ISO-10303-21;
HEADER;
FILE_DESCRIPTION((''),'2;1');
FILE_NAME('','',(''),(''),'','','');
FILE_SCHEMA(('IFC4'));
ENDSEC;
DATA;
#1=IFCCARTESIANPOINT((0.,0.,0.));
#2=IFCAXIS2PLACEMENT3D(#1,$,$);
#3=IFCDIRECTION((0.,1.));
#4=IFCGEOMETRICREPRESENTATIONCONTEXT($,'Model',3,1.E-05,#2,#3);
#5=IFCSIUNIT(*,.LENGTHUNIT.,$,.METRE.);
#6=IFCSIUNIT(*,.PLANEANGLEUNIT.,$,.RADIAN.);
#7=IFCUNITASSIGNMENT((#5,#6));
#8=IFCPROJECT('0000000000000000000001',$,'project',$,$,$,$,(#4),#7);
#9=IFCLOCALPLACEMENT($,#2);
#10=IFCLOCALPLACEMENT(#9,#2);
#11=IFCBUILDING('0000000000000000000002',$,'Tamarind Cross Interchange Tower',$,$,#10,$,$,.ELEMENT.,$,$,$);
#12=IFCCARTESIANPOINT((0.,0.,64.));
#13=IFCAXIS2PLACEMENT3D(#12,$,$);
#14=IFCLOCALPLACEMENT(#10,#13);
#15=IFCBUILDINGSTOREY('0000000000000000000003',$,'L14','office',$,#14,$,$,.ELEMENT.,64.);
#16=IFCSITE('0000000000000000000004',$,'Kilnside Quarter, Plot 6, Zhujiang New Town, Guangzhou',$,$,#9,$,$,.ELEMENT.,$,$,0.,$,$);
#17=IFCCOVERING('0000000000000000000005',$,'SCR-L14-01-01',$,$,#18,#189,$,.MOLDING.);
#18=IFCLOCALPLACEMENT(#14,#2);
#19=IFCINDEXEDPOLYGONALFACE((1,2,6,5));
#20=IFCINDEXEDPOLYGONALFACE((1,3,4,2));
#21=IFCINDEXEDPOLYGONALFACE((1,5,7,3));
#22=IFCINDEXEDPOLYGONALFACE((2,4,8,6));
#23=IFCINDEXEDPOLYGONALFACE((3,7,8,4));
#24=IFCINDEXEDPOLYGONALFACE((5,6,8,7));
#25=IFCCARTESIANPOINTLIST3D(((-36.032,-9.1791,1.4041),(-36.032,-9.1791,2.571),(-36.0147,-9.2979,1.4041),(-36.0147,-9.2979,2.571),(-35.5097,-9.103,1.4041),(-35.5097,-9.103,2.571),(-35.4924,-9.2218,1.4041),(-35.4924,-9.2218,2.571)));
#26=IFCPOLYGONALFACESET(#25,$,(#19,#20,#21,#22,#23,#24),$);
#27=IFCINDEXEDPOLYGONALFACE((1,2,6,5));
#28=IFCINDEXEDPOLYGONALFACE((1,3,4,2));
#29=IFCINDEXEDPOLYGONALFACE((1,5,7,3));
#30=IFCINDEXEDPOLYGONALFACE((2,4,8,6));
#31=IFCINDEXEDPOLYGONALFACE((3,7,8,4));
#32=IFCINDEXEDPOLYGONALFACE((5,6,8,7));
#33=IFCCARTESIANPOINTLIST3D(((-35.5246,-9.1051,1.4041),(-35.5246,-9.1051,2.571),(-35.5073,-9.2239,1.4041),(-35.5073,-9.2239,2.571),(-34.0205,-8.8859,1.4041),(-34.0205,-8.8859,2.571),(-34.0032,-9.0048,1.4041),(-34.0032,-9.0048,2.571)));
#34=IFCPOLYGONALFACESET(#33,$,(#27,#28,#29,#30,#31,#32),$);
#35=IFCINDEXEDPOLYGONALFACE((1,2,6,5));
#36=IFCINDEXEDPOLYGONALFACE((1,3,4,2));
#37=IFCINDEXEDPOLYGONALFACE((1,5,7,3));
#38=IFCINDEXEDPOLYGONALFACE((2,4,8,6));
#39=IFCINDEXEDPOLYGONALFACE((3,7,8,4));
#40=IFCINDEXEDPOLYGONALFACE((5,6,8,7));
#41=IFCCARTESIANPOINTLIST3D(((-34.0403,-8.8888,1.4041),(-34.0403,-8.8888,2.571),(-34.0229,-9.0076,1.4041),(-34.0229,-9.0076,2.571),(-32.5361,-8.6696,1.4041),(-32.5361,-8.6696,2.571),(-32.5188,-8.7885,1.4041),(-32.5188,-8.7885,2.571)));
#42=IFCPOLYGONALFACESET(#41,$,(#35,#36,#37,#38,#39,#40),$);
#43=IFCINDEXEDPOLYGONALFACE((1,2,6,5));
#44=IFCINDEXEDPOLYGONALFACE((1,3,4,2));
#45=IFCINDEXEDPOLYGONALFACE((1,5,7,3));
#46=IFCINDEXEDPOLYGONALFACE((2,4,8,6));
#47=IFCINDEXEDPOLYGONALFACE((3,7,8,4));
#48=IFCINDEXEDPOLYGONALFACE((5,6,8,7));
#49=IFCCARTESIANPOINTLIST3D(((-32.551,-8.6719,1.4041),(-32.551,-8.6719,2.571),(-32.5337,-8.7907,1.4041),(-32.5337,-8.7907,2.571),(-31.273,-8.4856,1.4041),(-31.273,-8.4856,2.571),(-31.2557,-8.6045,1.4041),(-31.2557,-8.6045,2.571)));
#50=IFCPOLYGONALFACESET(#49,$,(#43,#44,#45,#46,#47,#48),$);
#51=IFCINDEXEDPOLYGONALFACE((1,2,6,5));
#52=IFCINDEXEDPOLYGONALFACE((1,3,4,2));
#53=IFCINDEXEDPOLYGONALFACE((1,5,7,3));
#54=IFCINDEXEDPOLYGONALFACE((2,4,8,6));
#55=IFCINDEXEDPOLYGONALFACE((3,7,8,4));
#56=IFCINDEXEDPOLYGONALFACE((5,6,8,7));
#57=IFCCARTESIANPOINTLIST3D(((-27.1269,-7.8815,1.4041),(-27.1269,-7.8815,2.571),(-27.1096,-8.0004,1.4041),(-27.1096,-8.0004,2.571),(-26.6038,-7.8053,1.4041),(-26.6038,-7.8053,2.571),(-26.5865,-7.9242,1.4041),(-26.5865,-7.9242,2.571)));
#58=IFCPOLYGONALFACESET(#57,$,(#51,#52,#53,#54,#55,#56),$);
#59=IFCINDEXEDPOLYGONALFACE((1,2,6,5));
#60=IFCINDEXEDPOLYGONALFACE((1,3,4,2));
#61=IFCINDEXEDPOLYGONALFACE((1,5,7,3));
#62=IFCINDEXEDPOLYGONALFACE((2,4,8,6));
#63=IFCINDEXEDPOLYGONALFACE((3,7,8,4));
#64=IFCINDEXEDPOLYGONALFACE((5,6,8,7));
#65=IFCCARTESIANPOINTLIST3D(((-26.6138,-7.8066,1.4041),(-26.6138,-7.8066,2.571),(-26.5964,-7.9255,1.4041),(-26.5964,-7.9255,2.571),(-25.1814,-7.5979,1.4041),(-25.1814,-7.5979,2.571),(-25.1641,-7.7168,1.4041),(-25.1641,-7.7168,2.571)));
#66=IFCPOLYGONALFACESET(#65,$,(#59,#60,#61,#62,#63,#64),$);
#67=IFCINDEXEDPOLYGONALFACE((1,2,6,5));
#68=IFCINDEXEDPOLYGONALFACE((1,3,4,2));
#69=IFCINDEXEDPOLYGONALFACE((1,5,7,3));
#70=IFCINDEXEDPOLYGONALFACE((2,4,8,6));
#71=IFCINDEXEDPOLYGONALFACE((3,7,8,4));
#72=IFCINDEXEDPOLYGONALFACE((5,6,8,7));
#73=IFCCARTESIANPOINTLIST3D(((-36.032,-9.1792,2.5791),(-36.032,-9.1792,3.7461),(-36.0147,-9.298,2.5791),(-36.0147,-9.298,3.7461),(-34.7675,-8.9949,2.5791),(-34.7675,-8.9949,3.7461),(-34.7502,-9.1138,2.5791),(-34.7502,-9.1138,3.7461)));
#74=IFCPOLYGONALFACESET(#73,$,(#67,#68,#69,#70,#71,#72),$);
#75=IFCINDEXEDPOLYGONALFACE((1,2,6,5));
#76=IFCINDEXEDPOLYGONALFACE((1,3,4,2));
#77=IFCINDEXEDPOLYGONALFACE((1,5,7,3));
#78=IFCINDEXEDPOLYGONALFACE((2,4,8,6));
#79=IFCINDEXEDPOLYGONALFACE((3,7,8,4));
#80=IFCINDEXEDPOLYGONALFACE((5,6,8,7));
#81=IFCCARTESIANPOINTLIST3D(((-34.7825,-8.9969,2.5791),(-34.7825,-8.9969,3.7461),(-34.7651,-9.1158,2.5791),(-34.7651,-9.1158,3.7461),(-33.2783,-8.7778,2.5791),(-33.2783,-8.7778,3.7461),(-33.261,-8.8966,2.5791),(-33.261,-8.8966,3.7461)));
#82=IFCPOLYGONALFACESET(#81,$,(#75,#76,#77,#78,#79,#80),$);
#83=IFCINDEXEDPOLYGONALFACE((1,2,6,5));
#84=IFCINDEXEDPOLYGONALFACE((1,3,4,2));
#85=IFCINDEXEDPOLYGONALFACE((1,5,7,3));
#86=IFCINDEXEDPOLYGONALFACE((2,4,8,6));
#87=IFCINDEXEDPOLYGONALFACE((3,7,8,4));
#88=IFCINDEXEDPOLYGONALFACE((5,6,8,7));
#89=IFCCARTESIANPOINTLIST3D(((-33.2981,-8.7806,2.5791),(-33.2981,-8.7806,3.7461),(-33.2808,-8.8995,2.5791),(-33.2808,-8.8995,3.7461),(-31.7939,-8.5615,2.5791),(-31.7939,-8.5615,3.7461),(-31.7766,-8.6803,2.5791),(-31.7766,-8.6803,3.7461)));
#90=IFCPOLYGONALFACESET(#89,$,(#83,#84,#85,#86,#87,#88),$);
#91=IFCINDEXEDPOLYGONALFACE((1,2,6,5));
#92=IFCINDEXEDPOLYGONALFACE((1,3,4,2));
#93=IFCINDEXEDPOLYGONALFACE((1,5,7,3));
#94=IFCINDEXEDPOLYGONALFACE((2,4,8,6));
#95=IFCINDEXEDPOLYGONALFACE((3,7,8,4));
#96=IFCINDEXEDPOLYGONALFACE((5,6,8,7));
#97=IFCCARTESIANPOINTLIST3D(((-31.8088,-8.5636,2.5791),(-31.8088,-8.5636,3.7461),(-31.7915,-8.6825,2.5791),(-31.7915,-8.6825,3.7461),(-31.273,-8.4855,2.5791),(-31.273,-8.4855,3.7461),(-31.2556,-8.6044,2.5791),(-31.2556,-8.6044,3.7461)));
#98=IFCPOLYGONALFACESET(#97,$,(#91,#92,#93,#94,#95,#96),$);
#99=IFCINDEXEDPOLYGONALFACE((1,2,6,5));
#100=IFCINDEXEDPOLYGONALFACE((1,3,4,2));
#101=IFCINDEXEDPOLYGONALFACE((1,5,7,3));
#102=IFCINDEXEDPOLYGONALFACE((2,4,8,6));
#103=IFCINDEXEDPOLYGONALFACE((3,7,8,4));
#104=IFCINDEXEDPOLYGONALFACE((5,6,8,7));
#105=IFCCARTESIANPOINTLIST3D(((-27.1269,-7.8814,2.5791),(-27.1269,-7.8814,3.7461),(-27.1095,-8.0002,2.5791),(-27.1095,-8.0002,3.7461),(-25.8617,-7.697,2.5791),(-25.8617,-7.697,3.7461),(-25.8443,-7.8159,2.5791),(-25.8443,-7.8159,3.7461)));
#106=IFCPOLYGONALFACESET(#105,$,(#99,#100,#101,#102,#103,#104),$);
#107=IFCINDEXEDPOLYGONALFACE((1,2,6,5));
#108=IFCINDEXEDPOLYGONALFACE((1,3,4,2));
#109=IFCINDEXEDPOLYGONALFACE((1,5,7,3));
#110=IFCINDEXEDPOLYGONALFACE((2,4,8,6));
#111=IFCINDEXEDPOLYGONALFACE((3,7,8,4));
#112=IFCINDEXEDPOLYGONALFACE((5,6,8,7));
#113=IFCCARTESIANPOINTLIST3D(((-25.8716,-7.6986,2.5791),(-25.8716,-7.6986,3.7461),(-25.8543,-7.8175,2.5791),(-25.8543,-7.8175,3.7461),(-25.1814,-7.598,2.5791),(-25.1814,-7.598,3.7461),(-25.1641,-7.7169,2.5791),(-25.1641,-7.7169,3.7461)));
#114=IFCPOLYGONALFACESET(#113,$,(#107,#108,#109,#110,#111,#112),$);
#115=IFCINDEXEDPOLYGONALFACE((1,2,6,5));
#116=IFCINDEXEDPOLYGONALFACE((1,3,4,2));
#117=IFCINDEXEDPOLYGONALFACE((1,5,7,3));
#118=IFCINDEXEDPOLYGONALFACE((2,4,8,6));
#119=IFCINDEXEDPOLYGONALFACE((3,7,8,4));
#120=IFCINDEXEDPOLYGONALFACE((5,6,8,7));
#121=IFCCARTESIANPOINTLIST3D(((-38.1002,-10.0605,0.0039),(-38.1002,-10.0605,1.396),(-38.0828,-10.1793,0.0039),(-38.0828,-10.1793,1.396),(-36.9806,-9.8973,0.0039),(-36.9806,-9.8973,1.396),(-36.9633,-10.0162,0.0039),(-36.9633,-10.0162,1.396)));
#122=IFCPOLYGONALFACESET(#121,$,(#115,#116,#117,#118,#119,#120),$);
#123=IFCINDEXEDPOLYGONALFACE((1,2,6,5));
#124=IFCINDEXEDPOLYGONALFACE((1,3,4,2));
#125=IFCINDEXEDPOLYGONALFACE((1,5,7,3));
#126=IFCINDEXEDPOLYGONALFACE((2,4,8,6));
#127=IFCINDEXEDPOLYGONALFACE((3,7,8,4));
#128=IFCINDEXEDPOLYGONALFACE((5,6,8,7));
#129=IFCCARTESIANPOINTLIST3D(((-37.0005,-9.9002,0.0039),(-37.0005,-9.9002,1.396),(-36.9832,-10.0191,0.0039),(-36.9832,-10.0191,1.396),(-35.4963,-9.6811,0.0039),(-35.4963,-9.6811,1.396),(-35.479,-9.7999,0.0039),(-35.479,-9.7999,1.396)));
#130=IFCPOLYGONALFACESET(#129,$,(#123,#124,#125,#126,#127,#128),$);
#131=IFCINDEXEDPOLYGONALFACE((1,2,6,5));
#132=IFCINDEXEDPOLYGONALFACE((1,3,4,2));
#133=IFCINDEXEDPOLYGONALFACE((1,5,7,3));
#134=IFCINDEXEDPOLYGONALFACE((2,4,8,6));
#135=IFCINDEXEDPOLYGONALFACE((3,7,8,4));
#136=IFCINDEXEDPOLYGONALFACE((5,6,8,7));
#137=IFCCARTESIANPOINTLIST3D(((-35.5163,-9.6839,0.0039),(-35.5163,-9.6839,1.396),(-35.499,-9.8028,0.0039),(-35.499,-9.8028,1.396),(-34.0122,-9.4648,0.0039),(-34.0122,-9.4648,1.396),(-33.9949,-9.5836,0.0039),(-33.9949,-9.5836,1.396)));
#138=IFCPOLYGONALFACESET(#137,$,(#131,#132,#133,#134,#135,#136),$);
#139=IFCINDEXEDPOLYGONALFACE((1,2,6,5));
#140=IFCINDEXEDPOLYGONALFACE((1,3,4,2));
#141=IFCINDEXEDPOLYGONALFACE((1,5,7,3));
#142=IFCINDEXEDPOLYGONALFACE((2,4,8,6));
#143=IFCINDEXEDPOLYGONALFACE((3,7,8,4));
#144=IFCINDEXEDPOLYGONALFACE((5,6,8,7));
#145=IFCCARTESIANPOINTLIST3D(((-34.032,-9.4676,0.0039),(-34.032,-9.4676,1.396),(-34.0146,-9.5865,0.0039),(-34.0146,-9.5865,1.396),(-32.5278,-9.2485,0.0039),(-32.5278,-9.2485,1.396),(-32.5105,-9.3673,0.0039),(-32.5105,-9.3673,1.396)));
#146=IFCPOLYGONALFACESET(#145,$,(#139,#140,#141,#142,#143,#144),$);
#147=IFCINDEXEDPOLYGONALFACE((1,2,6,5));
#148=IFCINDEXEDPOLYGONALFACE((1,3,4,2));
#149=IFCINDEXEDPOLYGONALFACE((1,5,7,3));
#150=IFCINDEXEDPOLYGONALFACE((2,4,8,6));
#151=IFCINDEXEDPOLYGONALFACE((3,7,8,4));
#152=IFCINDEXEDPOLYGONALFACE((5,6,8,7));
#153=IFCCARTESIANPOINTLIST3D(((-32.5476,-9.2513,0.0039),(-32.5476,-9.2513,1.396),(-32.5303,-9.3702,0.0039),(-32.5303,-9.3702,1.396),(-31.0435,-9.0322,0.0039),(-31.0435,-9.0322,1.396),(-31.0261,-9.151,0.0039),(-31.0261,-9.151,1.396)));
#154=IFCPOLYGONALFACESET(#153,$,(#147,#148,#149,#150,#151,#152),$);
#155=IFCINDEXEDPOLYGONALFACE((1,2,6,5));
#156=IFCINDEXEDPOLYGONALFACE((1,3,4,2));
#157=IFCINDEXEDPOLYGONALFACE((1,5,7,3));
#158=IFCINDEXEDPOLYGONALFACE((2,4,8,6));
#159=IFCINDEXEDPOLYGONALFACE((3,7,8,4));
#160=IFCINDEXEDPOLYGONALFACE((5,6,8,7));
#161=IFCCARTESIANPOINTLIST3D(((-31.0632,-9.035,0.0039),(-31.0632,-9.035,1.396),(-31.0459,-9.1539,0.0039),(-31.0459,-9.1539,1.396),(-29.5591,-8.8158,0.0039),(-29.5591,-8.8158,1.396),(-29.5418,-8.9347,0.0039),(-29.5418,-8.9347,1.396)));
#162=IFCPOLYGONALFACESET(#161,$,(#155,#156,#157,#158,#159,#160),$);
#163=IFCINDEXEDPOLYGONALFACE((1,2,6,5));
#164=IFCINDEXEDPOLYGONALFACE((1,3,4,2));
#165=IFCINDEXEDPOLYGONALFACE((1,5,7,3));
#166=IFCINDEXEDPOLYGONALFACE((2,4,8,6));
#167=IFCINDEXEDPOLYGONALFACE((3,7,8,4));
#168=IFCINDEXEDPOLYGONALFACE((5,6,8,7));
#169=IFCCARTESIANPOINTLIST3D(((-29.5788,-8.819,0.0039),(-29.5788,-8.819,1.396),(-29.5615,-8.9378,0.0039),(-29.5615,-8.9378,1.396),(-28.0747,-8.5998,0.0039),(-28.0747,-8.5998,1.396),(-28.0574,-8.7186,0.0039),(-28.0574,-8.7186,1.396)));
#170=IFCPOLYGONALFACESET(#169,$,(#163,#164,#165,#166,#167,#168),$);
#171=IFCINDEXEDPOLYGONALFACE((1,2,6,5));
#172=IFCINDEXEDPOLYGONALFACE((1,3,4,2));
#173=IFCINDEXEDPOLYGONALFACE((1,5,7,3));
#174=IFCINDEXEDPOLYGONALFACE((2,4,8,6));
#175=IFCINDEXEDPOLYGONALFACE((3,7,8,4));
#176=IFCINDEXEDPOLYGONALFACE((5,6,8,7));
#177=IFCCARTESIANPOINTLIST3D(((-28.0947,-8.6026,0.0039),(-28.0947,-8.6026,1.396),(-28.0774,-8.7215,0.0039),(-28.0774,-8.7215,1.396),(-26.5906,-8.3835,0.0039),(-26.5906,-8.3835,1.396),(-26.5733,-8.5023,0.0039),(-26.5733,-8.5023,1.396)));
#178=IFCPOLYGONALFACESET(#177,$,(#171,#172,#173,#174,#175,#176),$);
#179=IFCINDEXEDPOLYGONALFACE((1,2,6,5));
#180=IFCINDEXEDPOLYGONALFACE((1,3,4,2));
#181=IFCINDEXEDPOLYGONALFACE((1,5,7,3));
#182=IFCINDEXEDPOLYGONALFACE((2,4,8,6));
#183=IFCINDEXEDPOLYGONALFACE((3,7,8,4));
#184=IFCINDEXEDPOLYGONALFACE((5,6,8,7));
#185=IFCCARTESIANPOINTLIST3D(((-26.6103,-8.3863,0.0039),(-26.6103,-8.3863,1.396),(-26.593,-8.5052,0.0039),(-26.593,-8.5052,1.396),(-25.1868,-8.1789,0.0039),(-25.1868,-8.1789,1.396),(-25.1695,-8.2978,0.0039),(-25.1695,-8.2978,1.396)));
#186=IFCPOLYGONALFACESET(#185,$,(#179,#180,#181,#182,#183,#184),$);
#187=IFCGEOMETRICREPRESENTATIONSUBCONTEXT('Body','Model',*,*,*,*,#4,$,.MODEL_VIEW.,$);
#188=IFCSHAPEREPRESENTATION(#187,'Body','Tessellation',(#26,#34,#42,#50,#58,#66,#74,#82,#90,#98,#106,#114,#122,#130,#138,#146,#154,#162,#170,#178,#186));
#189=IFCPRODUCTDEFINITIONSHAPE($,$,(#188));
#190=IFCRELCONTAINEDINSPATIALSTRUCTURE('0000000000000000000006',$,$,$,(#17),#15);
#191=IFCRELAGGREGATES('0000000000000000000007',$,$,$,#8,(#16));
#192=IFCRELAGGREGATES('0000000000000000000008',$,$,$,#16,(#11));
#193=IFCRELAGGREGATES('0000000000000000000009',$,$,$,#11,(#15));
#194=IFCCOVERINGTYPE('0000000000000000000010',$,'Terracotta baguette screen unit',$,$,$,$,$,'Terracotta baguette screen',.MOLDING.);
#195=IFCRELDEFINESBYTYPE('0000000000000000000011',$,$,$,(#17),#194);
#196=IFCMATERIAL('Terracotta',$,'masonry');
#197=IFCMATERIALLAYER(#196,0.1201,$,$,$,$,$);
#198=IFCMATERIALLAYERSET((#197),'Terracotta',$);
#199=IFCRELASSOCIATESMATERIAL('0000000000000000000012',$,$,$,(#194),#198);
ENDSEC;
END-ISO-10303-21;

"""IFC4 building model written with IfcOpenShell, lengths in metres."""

from ifc_helpers import new_model, si_unit, direction, frame, origin, origin_2d, place, context, subcontext, project, spatial, rectangle, extrude, material, layer, layer_set, type_object, element, save


model = new_model("IFC4")

# Units and contexts
model_context = context("Model", 3, precision=1e-05, world=origin(), true_north=direction((0.0, 1.0)))
body_context = subcontext(model_context, "Body", "Model", "MODEL_VIEW")
ifc_project = project(units=[si_unit("LENGTHUNIT", "METRE"), si_unit("PLANEANGLEUNIT", "RADIAN")], contexts=[model_context])

# Site, building, storey
site_placement = place(None, origin())
site = spatial("IfcSite", under=ifc_project, at=site_placement, Name="Kilnside Quarter, Plot 6, Zhujiang New Town, Guangzhou", CompositionType="ELEMENT", RefElevation=0.0)
building_placement = place(site_placement, origin())
building = spatial("IfcBuilding", under=site, at=building_placement, Name="Tamarind Cross Interchange Tower", CompositionType="ELEMENT")
storey_placement = place(building_placement, frame((0.0, 0.0, 64.0)))
storey = spatial("IfcBuildingStorey", under=building, at=storey_placement, Name="L14", Description="office", CompositionType="ELEMENT", Elevation=64.0)

# Covering
ifc_material_1 = material(Name="Terracotta", Category="masonry")
ifc_layer_1 = layer(ifc_material_1, 0.1201)
ifc_layer_set_1 = layer_set([ifc_layer_1], Name="Terracotta")
covering_type = type_object("IfcCoveringType", Name="Terracotta baguette screen unit", ElementType="Terracotta baguette screen", PredefinedType="MOLDING", material=ifc_layer_set_1)
covering_1_placement = place(storey_placement, origin())
element("IfcCovering", 1, at=covering_1_placement, inside=storey, type_object=covering_type, Name="SCR-L14-01-01", PredefinedType="MOLDING", context=body_context, shape_type="SweptSolid", body=[
    extrude(rectangle(XDim=0.5278, YDim=0.1201, at=origin_2d()), frame((-35.7622, -9.2004, 1.4041), z_axis=(0.0, 0.0, 1.0), x_axis=(0.98955, 0.144187, 0.0)), (0.0, 0.0, 1.0), 1.167),
    extrude(rectangle(XDim=1.52, YDim=0.1201, at=origin_2d()), frame((-34.7639, -9.0549, 1.4041), z_axis=(0.0, 0.0, 1.0), x_axis=(0.98955, 0.144187, 0.0)), (0.0, 0.0, 1.0), 1.167),
    extrude(rectangle(XDim=1.52, YDim=0.1201, at=origin_2d()), frame((-33.2795, -8.8386, 1.4041), z_axis=(0.0, 0.0, 1.0), x_axis=(0.98955, 0.144187, 0.0)), (0.0, 0.0, 1.0), 1.167),
    extrude(rectangle(XDim=1.2915, YDim=0.1201, at=origin_2d()), frame((-31.9033, -8.6382, 1.4041), z_axis=(0.0, 0.0, 1.0), x_axis=(0.98955, 0.144187, 0.0)), (0.0, 0.0, 1.0), 1.167),
    extrude(rectangle(XDim=0.5286, YDim=0.1201, at=origin_2d()), frame((-26.8567, -7.9028, 1.4041), z_axis=(0.0, 0.0, 1.0), x_axis=(0.98955, 0.144187, 0.0)), (0.0, 0.0, 1.0), 1.167),
    extrude(rectangle(XDim=1.4475, YDim=0.1201, at=origin_2d()), frame((-25.8889, -7.7617, 1.4041), z_axis=(0.0, 0.0, 1.0), x_axis=(0.98955, 0.144187, 0.0)), (0.0, 0.0, 1.0), 1.167),
    extrude(rectangle(XDim=1.2778, YDim=0.1201, at=origin_2d()), frame((-35.3911, -9.1465, 2.5791), z_axis=(0.0, 0.0, 1.0), x_axis=(0.98955, 0.144187, 0.0)), (0.0, 0.0, 1.0), 1.167),
    extrude(rectangle(XDim=1.52, YDim=0.1201, at=origin_2d()), frame((-34.0217, -8.9468, 2.5791), z_axis=(0.0, 0.0, 1.0), x_axis=(0.98955, 0.144187, 0.0)), (0.0, 0.0, 1.0), 1.167),
    extrude(rectangle(XDim=1.52, YDim=0.1201, at=origin_2d()), frame((-32.5374, -8.7305, 2.5791), z_axis=(0.0, 0.0, 1.0), x_axis=(0.98955, 0.144187, 0.0)), (0.0, 0.0, 1.0), 1.167),
    extrude(rectangle(XDim=0.5415, YDim=0.1201, at=origin_2d()), frame((-31.5322, -8.584, 2.5791), z_axis=(0.0, 0.0, 1.0), x_axis=(0.98955, 0.144187, 0.0)), (0.0, 0.0, 1.0), 1.167),
    extrude(rectangle(XDim=1.2786, YDim=0.1201, at=origin_2d()), frame((-26.4856, -7.8486, 2.5791), z_axis=(0.0, 0.0, 1.0), x_axis=(0.98955, 0.144187, 0.0)), (0.0, 0.0, 1.0), 1.167),
    extrude(rectangle(XDim=0.6975, YDim=0.1201, at=origin_2d()), frame((-25.5178, -7.7078, 2.5791), z_axis=(0.0, 0.0, 1.0), x_axis=(0.98955, 0.144187, 0.0)), (0.0, 0.0, 1.0), 1.167),
    extrude(rectangle(XDim=1.1313, YDim=0.1201, at=origin_2d()), frame((-37.5317, -10.0383, 0.0039), z_axis=(0.0, 0.0, 1.0), x_axis=(0.98955, 0.144187, 0.0)), (0.0, 0.0, 1.0), 1.3921),
    extrude(rectangle(XDim=1.52, YDim=0.1201, at=origin_2d()), frame((-36.2397, -9.8501, 0.0039), z_axis=(0.0, 0.0, 1.0), x_axis=(0.98955, 0.144187, 0.0)), (0.0, 0.0, 1.0), 1.3921),
    extrude(rectangle(XDim=1.52, YDim=0.1201, at=origin_2d()), frame((-34.7556, -9.6338, 0.0039), z_axis=(0.0, 0.0, 1.0), x_axis=(0.98955, 0.144187, 0.0)), (0.0, 0.0, 1.0), 1.3921),
    extrude(rectangle(XDim=1.52, YDim=0.1201, at=origin_2d()), frame((-33.2712, -9.4175, 0.0039), z_axis=(0.0, 0.0, 1.0), x_axis=(0.98955, 0.144187, 0.0)), (0.0, 0.0, 1.0), 1.3921),
    extrude(rectangle(XDim=1.52, YDim=0.1201, at=origin_2d()), frame((-31.7869, -9.2012, 0.0039), z_axis=(0.0, 0.0, 1.0), x_axis=(0.98955, 0.144187, 0.0)), (0.0, 0.0, 1.0), 1.3921),
    extrude(rectangle(XDim=1.52, YDim=0.1201, at=origin_2d()), frame((-30.3025, -8.9849, 0.0039), z_axis=(0.0, 0.0, 1.0), x_axis=(0.98955, 0.144187, 0.0)), (0.0, 0.0, 1.0), 1.3921),
    extrude(rectangle(XDim=1.52, YDim=0.1201, at=origin_2d()), frame((-28.8181, -8.7688, 0.0039), z_axis=(0.0, 0.0, 1.0), x_axis=(0.98955, 0.144187, 0.0)), (0.0, 0.0, 1.0), 1.3921),
    extrude(rectangle(XDim=1.52, YDim=0.1201, at=origin_2d()), frame((-27.334, -8.5525, 0.0039), z_axis=(0.0, 0.0, 1.0), x_axis=(0.98955, 0.144187, 0.0)), (0.0, 0.0, 1.0), 1.3921),
    extrude(rectangle(XDim=1.4385, YDim=0.1201, at=origin_2d()), frame((-25.8899, -8.342, 0.0039), z_axis=(0.0, 0.0, 1.0), x_axis=(0.98955, 0.144187, 0.0)), (0.0, 0.0, 1.0), 1.3921),
])

save(model, "model.ifc")
